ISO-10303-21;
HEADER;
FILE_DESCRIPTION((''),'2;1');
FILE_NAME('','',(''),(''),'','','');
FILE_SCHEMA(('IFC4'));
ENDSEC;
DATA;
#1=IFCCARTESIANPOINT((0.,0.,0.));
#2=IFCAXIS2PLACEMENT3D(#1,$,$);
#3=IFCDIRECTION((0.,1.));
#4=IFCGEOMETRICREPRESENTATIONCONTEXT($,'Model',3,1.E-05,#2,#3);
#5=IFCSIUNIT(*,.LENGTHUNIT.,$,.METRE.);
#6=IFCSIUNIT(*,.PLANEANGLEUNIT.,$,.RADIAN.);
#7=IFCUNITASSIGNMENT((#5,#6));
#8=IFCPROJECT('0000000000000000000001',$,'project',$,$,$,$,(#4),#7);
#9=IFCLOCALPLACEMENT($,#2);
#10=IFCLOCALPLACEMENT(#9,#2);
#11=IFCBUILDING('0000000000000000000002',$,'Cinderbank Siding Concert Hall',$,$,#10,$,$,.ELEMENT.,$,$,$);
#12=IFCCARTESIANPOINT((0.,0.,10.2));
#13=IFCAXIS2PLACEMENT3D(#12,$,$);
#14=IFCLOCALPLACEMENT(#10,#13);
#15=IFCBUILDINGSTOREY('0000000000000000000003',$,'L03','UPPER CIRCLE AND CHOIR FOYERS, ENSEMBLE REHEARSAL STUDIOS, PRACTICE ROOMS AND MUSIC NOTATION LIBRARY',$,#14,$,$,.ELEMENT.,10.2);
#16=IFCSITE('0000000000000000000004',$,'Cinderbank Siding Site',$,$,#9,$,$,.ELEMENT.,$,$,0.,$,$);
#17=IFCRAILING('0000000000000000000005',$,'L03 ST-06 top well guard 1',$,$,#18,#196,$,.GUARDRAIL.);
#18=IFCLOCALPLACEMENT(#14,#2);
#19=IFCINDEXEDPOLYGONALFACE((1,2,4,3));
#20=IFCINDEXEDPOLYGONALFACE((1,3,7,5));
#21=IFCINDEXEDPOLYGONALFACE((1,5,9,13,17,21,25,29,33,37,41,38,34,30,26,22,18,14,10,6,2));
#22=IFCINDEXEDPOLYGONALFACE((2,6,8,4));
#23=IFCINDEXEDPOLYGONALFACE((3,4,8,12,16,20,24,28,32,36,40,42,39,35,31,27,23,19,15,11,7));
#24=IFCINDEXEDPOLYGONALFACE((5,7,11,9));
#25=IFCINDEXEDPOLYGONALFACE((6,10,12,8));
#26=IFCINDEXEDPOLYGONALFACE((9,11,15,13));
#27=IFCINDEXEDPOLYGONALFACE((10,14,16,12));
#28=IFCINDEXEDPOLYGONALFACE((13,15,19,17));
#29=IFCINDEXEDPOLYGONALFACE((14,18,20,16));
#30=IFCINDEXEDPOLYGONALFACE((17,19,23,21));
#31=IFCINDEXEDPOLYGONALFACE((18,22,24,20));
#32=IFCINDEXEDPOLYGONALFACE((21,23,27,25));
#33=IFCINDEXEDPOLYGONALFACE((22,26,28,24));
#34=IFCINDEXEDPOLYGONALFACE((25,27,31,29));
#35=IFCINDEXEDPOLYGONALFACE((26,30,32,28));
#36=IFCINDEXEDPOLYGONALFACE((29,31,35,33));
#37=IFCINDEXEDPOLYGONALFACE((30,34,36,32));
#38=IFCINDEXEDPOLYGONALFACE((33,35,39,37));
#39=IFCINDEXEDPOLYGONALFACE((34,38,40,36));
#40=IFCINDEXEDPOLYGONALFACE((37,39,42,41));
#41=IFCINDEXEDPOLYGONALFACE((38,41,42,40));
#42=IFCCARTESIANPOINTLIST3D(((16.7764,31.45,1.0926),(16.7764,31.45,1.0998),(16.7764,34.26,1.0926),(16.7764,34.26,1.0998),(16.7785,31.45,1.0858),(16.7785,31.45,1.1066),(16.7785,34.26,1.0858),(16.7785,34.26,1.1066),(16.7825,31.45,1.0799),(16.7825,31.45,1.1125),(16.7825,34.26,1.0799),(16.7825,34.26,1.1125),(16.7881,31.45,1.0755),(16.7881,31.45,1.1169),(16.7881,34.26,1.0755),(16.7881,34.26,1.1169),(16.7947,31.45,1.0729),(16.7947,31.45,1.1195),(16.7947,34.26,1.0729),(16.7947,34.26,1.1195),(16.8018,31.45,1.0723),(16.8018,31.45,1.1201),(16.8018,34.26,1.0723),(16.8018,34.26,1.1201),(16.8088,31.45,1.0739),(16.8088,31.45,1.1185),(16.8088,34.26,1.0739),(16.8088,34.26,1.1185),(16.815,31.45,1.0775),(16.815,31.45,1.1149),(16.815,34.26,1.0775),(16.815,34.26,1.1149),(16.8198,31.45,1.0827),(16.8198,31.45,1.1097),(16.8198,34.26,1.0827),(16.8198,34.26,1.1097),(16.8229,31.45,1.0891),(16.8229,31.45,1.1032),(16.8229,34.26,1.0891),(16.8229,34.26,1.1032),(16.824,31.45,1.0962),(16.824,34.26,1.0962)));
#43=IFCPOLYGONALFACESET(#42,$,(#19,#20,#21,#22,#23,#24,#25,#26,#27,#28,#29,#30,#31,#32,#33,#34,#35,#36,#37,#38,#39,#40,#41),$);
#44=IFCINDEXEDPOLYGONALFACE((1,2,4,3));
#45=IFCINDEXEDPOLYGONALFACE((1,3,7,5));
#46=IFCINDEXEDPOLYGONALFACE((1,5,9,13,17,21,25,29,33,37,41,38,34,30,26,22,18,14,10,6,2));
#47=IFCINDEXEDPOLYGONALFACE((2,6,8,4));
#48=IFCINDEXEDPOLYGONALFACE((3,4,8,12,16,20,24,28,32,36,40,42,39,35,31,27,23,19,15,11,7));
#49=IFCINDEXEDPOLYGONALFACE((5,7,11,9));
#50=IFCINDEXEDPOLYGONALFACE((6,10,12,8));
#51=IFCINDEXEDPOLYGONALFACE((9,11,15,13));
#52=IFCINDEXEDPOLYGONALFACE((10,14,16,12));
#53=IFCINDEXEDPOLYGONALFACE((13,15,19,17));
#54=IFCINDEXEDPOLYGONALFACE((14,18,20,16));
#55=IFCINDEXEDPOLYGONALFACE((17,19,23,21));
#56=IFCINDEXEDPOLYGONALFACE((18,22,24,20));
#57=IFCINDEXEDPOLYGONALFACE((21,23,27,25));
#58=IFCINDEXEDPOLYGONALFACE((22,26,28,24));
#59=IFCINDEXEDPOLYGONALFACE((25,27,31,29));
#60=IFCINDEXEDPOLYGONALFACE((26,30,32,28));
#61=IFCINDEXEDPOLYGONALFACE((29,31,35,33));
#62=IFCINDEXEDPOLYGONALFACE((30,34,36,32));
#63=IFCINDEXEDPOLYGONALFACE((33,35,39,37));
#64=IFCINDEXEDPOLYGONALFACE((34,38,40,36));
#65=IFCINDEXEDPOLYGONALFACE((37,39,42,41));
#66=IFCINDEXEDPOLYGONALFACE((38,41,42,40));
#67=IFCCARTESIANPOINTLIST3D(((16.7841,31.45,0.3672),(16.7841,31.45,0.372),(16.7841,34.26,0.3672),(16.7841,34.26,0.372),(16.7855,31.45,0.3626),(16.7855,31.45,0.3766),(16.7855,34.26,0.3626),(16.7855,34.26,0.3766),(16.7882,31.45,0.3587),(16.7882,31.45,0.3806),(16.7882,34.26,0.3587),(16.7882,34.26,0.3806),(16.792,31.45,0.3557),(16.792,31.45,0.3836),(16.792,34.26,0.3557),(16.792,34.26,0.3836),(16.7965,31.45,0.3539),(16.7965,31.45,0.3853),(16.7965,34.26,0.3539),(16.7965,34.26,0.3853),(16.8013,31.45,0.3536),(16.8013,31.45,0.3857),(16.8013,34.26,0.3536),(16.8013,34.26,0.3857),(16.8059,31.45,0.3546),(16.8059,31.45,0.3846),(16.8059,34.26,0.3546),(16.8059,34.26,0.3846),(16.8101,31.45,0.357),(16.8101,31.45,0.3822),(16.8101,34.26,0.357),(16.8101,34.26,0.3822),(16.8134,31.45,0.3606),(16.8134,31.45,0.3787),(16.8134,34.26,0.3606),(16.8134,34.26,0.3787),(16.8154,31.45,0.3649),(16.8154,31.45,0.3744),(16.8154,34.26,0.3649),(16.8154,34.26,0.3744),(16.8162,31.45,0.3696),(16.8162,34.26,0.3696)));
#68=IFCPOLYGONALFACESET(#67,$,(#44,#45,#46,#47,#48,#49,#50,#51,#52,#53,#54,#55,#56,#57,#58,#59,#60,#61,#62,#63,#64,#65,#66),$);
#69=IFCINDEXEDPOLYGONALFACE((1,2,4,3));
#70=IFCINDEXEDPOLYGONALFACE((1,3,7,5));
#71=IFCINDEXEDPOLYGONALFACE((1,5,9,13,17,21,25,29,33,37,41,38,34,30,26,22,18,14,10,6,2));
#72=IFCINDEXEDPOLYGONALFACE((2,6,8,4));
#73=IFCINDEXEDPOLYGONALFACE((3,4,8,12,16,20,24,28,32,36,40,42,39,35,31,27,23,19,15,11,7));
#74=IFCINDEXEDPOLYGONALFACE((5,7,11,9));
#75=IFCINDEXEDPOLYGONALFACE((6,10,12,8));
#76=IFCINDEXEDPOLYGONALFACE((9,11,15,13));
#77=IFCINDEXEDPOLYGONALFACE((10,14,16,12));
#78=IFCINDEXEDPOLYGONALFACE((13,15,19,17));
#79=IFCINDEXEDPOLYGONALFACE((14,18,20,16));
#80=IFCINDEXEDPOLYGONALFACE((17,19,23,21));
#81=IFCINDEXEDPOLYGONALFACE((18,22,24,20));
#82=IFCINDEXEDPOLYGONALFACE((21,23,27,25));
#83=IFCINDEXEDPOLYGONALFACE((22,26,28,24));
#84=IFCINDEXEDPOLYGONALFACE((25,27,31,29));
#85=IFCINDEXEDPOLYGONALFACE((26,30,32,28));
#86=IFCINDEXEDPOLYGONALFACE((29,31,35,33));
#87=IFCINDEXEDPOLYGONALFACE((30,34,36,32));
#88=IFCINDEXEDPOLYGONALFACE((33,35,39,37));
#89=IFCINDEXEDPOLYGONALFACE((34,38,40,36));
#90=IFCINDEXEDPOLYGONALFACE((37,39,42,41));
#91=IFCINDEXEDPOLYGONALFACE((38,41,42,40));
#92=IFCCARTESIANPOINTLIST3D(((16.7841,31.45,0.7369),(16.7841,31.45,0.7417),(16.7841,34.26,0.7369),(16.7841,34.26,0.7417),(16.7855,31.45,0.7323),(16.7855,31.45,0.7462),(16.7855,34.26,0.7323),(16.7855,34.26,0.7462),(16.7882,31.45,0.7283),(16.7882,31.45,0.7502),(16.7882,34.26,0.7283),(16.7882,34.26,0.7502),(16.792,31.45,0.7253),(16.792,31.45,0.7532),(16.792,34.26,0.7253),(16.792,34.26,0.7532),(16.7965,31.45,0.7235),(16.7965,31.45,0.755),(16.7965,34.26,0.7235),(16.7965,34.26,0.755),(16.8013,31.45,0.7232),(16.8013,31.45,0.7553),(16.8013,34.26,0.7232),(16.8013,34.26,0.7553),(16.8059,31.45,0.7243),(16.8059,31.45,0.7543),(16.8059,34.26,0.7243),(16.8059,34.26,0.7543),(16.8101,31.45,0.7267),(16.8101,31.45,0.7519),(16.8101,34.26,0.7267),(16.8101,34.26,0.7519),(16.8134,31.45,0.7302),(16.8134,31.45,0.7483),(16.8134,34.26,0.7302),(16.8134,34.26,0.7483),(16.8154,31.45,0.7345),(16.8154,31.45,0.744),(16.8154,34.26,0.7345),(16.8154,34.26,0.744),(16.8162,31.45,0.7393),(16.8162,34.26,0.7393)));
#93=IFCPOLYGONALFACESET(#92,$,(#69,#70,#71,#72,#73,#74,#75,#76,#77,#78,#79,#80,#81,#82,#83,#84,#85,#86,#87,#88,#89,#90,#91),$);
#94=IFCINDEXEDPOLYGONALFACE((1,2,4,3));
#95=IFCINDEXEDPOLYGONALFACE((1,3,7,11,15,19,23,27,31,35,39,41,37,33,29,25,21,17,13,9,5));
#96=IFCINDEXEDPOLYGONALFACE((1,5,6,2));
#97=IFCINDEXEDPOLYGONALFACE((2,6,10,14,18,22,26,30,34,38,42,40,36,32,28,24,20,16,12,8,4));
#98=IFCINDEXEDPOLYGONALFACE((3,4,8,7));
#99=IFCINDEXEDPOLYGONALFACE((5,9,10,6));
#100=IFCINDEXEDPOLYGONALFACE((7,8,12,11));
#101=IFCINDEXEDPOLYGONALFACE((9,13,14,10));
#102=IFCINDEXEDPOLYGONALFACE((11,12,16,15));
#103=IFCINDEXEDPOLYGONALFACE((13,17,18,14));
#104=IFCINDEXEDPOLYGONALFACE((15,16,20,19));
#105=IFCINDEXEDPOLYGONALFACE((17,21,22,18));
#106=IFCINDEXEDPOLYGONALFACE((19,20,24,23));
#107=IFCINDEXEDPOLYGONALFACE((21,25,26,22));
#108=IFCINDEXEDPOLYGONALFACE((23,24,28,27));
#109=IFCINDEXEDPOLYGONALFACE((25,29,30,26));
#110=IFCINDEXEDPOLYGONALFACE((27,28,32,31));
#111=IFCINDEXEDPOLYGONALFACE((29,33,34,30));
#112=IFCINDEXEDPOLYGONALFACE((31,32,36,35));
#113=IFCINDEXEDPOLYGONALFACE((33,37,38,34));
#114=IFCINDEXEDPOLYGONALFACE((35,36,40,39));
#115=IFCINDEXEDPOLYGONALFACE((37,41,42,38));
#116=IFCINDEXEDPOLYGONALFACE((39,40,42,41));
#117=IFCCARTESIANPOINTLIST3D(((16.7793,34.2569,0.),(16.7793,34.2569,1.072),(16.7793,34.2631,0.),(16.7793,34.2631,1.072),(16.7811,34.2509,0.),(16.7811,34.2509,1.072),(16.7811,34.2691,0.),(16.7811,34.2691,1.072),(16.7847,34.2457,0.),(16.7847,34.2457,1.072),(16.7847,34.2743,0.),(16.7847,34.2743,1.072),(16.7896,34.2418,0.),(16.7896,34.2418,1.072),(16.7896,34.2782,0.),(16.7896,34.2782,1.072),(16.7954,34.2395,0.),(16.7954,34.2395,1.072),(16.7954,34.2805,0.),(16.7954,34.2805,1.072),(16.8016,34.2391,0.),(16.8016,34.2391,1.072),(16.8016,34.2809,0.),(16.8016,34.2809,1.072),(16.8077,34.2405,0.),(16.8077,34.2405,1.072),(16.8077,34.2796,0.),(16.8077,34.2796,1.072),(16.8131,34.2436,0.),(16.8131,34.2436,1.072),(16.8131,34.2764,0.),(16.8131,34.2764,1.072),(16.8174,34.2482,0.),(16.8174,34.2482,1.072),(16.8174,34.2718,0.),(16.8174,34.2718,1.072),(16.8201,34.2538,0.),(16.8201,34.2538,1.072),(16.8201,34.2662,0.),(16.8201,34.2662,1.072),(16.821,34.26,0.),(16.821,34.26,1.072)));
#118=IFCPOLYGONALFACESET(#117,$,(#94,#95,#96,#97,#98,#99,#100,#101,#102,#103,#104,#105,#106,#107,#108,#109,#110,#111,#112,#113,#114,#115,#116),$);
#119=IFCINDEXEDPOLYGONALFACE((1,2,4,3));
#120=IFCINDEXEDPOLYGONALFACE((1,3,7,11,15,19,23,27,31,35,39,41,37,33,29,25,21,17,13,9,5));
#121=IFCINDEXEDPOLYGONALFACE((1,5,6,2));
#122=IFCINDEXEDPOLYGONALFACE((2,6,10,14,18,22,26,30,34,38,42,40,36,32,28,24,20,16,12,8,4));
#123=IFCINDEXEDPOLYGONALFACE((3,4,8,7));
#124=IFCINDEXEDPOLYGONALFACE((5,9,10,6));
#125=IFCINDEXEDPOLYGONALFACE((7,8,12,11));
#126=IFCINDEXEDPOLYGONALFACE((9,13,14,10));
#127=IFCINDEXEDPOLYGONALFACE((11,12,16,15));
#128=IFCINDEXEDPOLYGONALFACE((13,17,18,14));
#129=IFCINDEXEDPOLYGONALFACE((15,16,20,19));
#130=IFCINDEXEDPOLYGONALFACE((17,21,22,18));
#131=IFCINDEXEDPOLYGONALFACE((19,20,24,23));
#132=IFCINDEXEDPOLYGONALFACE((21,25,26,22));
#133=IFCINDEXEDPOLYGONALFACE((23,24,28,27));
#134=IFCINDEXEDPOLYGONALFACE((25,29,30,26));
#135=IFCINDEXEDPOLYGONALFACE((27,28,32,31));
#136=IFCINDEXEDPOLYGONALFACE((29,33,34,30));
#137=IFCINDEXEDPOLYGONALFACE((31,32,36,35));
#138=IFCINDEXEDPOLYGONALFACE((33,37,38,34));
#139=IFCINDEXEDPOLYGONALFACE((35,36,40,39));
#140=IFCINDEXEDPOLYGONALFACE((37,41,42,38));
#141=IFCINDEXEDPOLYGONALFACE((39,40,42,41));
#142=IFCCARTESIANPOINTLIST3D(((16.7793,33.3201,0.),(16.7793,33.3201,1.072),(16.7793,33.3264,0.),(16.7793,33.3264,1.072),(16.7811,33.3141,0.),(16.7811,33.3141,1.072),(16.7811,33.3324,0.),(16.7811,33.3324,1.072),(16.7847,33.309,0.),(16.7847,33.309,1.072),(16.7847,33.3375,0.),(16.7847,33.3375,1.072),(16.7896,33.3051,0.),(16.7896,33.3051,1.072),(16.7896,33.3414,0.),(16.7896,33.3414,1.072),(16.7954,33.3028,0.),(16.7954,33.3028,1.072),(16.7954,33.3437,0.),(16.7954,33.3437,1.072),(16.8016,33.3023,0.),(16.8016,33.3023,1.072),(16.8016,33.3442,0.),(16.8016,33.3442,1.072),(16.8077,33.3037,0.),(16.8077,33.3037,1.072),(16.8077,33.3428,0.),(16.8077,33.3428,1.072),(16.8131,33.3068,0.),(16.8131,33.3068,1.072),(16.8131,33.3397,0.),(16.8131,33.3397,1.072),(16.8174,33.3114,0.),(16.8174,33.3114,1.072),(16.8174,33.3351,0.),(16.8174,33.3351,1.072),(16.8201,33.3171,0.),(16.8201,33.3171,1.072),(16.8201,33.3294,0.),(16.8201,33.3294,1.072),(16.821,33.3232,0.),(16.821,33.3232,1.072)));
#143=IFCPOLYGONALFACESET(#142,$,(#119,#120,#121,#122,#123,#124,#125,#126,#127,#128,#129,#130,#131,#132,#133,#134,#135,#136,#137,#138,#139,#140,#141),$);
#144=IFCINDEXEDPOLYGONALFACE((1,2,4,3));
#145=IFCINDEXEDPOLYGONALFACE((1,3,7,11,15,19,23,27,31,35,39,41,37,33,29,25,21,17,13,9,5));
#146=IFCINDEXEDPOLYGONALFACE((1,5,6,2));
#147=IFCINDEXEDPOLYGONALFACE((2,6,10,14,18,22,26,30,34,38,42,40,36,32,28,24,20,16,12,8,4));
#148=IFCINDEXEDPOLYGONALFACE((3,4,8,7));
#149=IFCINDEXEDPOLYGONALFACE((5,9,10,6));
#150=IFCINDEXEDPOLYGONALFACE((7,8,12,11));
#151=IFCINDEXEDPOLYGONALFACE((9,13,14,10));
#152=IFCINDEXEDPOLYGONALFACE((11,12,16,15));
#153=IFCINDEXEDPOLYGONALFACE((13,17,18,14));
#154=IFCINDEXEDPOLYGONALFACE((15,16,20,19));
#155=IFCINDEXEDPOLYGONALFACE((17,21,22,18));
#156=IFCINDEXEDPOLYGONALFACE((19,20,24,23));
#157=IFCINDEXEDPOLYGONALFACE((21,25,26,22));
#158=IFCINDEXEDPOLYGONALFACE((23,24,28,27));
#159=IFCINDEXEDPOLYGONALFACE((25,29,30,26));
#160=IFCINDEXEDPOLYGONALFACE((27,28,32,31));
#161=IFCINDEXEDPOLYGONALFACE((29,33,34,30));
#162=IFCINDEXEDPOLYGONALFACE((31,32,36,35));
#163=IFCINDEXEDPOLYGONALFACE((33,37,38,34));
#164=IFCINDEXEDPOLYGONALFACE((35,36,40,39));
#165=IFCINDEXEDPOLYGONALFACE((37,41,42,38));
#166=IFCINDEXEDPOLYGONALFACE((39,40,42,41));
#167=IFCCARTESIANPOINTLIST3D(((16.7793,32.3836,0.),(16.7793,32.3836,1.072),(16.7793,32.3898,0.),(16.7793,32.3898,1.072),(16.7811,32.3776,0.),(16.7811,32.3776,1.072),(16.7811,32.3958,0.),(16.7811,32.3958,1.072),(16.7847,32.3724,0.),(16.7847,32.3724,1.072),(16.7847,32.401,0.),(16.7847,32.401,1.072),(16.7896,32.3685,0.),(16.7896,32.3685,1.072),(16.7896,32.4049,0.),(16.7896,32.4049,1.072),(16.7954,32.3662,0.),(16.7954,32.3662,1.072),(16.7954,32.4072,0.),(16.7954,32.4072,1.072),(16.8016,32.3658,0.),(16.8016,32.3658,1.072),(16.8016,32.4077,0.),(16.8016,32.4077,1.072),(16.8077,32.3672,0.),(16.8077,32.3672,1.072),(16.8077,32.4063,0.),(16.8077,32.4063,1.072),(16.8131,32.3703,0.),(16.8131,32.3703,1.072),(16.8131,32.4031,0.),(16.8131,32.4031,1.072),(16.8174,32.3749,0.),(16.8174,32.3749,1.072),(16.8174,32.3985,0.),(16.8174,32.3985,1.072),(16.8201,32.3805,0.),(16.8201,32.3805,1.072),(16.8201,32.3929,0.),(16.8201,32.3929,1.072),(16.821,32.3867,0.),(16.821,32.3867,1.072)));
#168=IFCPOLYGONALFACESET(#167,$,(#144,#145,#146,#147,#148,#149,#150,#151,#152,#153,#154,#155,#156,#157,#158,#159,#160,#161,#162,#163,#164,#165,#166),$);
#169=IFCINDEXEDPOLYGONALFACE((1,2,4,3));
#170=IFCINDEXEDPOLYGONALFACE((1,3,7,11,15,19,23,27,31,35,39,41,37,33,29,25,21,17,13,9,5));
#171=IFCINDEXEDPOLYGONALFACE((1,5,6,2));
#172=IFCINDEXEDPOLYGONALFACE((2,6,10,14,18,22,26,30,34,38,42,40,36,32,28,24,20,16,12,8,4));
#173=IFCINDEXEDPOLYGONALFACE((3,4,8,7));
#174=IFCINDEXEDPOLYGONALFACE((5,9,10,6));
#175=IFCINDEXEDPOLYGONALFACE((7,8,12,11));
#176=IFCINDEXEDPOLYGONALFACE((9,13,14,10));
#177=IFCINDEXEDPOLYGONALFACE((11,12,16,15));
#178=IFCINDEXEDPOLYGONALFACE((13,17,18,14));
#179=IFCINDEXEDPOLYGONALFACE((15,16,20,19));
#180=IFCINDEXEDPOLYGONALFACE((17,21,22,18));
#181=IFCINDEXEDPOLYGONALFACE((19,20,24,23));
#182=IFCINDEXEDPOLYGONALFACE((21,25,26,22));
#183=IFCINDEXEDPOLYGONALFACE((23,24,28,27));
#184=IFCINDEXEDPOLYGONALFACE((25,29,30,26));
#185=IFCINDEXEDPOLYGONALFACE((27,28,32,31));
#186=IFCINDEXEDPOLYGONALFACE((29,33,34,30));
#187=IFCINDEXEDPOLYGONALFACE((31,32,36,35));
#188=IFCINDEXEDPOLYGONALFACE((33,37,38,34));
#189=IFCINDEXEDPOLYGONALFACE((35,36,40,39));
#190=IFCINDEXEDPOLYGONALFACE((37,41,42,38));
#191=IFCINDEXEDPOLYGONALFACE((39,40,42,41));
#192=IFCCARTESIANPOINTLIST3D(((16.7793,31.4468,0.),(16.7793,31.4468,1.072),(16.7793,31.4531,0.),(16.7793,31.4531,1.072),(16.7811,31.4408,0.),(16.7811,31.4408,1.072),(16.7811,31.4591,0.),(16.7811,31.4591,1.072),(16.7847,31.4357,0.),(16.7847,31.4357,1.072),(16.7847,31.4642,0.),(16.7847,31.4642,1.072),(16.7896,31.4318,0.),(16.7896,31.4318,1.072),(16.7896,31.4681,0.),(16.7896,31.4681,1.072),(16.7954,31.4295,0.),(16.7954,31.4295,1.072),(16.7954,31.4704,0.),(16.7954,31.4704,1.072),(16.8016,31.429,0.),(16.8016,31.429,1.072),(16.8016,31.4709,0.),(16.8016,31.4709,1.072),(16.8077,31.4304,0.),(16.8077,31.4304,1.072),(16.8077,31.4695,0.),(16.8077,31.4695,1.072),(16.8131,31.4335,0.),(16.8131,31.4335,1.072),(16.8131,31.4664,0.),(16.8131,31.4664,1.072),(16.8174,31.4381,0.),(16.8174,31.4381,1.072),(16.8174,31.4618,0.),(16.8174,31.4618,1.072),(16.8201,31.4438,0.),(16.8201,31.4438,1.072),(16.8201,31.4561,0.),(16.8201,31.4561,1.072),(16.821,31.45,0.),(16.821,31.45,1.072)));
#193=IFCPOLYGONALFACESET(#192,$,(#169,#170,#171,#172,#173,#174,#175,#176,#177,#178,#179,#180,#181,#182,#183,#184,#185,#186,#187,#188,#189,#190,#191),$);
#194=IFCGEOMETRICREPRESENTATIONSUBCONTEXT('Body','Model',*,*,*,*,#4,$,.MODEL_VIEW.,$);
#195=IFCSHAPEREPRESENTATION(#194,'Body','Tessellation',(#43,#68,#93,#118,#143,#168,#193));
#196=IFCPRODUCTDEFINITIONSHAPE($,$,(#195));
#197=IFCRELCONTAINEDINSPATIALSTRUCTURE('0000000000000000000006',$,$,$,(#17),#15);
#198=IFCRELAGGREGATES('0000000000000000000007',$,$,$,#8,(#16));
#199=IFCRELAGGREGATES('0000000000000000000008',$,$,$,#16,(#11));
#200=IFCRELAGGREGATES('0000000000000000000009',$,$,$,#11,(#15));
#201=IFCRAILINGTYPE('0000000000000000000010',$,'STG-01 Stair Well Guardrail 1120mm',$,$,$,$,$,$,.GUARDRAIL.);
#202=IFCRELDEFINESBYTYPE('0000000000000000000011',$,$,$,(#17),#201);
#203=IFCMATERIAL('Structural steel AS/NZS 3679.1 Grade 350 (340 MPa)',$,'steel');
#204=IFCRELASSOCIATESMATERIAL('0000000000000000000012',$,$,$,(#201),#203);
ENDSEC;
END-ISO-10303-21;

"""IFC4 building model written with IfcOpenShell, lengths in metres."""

from ifc_helpers import new_model, si_unit, direction, frame, origin, origin_2d, place, context, subcontext, project, spatial, circle, extrude, material, type_object, element, save


model = new_model("IFC4")

# Units and contexts
model_context = context("Model", 3, precision=1e-05, world=origin(), true_north=direction((0.0, 1.0)))
body_context = subcontext(model_context, "Body", "Model", "MODEL_VIEW")
ifc_project = project(units=[si_unit("LENGTHUNIT", "METRE"), si_unit("PLANEANGLEUNIT", "RADIAN")], contexts=[model_context])

# Site, building, storey
site_placement = place(None, origin())
site = spatial("IfcSite", under=ifc_project, at=site_placement, Name="Cinderbank Siding Site", CompositionType="ELEMENT", RefElevation=0.0)
building_placement = place(site_placement, origin())
building = spatial("IfcBuilding", under=site, at=building_placement, Name="Cinderbank Siding Concert Hall", CompositionType="ELEMENT")
storey_placement = place(building_placement, frame((0.0, 0.0, 10.2)))
storey = spatial("IfcBuildingStorey", under=building, at=storey_placement, Name="L03", Description="UPPER CIRCLE AND CHOIR FOYERS, ENSEMBLE REHEARSAL STUDIOS, PRACTICE ROOMS AND MUSIC NOTATION LIBRARY", CompositionType="ELEMENT", Elevation=10.2)

# Shared definitions
ifc_material_1 = material(Name="Structural steel AS/NZS 3679.1 Grade 350 (340 MPa)", Category="steel")

# Railing
railing_type_1 = type_object("IfcRailingType", Name="STG-01 Stair Well Guardrail 1120mm", PredefinedType="GUARDRAIL", material=ifc_material_1)
railing_1_placement = place(storey_placement, frame((16.8, 34.26, 0.0)))
element("IfcRailing", 1, at=railing_1_placement, inside=storey, type_object=railing_type_1, Name="L03 ST-06 top well guard 1", PredefinedType="GUARDRAIL", context=body_context, shape_type="SweptSolid", body=[
    extrude(circle(Radius=0.0239, at=origin_2d()), frame((0.0, 0.0, 1.0962), z_axis=(0.0, -1.0, 0.0), x_axis=(1.0, 0.0, 0.0)), (0.0, 0.0, 1.0), 2.8101),
    extrude(circle(Radius=0.0161, at=origin_2d()), frame((0.0, 0.0, 0.3696), z_axis=(0.0, -1.0, 0.0), x_axis=(1.0, 0.0, 0.0)), (0.0, 0.0, 1.0), 2.8101),
    extrude(circle(Radius=0.0161, at=origin_2d()), frame((0.0, 0.0, 0.7393), z_axis=(0.0, -1.0, 0.0), x_axis=(1.0, 0.0, 0.0)), (0.0, 0.0, 1.0), 2.8101),
    extrude(circle(Radius=0.021, at=origin_2d()), origin(), (0.0, 0.0, 1.0), 1.072),
    extrude(circle(Radius=0.021, at=origin_2d()), frame((0.0, -0.9368, 0.0)), (0.0, 0.0, 1.0), 1.072),
    extrude(circle(Radius=0.021, at=origin_2d()), frame((0.0, -1.8733, 0.0)), (0.0, 0.0, 1.0), 1.072),
    extrude(circle(Radius=0.021, at=origin_2d()), frame((0.0, -2.8101, 0.0)), (0.0, 0.0, 1.0), 1.072),
])

save(model, "model.ifc")
